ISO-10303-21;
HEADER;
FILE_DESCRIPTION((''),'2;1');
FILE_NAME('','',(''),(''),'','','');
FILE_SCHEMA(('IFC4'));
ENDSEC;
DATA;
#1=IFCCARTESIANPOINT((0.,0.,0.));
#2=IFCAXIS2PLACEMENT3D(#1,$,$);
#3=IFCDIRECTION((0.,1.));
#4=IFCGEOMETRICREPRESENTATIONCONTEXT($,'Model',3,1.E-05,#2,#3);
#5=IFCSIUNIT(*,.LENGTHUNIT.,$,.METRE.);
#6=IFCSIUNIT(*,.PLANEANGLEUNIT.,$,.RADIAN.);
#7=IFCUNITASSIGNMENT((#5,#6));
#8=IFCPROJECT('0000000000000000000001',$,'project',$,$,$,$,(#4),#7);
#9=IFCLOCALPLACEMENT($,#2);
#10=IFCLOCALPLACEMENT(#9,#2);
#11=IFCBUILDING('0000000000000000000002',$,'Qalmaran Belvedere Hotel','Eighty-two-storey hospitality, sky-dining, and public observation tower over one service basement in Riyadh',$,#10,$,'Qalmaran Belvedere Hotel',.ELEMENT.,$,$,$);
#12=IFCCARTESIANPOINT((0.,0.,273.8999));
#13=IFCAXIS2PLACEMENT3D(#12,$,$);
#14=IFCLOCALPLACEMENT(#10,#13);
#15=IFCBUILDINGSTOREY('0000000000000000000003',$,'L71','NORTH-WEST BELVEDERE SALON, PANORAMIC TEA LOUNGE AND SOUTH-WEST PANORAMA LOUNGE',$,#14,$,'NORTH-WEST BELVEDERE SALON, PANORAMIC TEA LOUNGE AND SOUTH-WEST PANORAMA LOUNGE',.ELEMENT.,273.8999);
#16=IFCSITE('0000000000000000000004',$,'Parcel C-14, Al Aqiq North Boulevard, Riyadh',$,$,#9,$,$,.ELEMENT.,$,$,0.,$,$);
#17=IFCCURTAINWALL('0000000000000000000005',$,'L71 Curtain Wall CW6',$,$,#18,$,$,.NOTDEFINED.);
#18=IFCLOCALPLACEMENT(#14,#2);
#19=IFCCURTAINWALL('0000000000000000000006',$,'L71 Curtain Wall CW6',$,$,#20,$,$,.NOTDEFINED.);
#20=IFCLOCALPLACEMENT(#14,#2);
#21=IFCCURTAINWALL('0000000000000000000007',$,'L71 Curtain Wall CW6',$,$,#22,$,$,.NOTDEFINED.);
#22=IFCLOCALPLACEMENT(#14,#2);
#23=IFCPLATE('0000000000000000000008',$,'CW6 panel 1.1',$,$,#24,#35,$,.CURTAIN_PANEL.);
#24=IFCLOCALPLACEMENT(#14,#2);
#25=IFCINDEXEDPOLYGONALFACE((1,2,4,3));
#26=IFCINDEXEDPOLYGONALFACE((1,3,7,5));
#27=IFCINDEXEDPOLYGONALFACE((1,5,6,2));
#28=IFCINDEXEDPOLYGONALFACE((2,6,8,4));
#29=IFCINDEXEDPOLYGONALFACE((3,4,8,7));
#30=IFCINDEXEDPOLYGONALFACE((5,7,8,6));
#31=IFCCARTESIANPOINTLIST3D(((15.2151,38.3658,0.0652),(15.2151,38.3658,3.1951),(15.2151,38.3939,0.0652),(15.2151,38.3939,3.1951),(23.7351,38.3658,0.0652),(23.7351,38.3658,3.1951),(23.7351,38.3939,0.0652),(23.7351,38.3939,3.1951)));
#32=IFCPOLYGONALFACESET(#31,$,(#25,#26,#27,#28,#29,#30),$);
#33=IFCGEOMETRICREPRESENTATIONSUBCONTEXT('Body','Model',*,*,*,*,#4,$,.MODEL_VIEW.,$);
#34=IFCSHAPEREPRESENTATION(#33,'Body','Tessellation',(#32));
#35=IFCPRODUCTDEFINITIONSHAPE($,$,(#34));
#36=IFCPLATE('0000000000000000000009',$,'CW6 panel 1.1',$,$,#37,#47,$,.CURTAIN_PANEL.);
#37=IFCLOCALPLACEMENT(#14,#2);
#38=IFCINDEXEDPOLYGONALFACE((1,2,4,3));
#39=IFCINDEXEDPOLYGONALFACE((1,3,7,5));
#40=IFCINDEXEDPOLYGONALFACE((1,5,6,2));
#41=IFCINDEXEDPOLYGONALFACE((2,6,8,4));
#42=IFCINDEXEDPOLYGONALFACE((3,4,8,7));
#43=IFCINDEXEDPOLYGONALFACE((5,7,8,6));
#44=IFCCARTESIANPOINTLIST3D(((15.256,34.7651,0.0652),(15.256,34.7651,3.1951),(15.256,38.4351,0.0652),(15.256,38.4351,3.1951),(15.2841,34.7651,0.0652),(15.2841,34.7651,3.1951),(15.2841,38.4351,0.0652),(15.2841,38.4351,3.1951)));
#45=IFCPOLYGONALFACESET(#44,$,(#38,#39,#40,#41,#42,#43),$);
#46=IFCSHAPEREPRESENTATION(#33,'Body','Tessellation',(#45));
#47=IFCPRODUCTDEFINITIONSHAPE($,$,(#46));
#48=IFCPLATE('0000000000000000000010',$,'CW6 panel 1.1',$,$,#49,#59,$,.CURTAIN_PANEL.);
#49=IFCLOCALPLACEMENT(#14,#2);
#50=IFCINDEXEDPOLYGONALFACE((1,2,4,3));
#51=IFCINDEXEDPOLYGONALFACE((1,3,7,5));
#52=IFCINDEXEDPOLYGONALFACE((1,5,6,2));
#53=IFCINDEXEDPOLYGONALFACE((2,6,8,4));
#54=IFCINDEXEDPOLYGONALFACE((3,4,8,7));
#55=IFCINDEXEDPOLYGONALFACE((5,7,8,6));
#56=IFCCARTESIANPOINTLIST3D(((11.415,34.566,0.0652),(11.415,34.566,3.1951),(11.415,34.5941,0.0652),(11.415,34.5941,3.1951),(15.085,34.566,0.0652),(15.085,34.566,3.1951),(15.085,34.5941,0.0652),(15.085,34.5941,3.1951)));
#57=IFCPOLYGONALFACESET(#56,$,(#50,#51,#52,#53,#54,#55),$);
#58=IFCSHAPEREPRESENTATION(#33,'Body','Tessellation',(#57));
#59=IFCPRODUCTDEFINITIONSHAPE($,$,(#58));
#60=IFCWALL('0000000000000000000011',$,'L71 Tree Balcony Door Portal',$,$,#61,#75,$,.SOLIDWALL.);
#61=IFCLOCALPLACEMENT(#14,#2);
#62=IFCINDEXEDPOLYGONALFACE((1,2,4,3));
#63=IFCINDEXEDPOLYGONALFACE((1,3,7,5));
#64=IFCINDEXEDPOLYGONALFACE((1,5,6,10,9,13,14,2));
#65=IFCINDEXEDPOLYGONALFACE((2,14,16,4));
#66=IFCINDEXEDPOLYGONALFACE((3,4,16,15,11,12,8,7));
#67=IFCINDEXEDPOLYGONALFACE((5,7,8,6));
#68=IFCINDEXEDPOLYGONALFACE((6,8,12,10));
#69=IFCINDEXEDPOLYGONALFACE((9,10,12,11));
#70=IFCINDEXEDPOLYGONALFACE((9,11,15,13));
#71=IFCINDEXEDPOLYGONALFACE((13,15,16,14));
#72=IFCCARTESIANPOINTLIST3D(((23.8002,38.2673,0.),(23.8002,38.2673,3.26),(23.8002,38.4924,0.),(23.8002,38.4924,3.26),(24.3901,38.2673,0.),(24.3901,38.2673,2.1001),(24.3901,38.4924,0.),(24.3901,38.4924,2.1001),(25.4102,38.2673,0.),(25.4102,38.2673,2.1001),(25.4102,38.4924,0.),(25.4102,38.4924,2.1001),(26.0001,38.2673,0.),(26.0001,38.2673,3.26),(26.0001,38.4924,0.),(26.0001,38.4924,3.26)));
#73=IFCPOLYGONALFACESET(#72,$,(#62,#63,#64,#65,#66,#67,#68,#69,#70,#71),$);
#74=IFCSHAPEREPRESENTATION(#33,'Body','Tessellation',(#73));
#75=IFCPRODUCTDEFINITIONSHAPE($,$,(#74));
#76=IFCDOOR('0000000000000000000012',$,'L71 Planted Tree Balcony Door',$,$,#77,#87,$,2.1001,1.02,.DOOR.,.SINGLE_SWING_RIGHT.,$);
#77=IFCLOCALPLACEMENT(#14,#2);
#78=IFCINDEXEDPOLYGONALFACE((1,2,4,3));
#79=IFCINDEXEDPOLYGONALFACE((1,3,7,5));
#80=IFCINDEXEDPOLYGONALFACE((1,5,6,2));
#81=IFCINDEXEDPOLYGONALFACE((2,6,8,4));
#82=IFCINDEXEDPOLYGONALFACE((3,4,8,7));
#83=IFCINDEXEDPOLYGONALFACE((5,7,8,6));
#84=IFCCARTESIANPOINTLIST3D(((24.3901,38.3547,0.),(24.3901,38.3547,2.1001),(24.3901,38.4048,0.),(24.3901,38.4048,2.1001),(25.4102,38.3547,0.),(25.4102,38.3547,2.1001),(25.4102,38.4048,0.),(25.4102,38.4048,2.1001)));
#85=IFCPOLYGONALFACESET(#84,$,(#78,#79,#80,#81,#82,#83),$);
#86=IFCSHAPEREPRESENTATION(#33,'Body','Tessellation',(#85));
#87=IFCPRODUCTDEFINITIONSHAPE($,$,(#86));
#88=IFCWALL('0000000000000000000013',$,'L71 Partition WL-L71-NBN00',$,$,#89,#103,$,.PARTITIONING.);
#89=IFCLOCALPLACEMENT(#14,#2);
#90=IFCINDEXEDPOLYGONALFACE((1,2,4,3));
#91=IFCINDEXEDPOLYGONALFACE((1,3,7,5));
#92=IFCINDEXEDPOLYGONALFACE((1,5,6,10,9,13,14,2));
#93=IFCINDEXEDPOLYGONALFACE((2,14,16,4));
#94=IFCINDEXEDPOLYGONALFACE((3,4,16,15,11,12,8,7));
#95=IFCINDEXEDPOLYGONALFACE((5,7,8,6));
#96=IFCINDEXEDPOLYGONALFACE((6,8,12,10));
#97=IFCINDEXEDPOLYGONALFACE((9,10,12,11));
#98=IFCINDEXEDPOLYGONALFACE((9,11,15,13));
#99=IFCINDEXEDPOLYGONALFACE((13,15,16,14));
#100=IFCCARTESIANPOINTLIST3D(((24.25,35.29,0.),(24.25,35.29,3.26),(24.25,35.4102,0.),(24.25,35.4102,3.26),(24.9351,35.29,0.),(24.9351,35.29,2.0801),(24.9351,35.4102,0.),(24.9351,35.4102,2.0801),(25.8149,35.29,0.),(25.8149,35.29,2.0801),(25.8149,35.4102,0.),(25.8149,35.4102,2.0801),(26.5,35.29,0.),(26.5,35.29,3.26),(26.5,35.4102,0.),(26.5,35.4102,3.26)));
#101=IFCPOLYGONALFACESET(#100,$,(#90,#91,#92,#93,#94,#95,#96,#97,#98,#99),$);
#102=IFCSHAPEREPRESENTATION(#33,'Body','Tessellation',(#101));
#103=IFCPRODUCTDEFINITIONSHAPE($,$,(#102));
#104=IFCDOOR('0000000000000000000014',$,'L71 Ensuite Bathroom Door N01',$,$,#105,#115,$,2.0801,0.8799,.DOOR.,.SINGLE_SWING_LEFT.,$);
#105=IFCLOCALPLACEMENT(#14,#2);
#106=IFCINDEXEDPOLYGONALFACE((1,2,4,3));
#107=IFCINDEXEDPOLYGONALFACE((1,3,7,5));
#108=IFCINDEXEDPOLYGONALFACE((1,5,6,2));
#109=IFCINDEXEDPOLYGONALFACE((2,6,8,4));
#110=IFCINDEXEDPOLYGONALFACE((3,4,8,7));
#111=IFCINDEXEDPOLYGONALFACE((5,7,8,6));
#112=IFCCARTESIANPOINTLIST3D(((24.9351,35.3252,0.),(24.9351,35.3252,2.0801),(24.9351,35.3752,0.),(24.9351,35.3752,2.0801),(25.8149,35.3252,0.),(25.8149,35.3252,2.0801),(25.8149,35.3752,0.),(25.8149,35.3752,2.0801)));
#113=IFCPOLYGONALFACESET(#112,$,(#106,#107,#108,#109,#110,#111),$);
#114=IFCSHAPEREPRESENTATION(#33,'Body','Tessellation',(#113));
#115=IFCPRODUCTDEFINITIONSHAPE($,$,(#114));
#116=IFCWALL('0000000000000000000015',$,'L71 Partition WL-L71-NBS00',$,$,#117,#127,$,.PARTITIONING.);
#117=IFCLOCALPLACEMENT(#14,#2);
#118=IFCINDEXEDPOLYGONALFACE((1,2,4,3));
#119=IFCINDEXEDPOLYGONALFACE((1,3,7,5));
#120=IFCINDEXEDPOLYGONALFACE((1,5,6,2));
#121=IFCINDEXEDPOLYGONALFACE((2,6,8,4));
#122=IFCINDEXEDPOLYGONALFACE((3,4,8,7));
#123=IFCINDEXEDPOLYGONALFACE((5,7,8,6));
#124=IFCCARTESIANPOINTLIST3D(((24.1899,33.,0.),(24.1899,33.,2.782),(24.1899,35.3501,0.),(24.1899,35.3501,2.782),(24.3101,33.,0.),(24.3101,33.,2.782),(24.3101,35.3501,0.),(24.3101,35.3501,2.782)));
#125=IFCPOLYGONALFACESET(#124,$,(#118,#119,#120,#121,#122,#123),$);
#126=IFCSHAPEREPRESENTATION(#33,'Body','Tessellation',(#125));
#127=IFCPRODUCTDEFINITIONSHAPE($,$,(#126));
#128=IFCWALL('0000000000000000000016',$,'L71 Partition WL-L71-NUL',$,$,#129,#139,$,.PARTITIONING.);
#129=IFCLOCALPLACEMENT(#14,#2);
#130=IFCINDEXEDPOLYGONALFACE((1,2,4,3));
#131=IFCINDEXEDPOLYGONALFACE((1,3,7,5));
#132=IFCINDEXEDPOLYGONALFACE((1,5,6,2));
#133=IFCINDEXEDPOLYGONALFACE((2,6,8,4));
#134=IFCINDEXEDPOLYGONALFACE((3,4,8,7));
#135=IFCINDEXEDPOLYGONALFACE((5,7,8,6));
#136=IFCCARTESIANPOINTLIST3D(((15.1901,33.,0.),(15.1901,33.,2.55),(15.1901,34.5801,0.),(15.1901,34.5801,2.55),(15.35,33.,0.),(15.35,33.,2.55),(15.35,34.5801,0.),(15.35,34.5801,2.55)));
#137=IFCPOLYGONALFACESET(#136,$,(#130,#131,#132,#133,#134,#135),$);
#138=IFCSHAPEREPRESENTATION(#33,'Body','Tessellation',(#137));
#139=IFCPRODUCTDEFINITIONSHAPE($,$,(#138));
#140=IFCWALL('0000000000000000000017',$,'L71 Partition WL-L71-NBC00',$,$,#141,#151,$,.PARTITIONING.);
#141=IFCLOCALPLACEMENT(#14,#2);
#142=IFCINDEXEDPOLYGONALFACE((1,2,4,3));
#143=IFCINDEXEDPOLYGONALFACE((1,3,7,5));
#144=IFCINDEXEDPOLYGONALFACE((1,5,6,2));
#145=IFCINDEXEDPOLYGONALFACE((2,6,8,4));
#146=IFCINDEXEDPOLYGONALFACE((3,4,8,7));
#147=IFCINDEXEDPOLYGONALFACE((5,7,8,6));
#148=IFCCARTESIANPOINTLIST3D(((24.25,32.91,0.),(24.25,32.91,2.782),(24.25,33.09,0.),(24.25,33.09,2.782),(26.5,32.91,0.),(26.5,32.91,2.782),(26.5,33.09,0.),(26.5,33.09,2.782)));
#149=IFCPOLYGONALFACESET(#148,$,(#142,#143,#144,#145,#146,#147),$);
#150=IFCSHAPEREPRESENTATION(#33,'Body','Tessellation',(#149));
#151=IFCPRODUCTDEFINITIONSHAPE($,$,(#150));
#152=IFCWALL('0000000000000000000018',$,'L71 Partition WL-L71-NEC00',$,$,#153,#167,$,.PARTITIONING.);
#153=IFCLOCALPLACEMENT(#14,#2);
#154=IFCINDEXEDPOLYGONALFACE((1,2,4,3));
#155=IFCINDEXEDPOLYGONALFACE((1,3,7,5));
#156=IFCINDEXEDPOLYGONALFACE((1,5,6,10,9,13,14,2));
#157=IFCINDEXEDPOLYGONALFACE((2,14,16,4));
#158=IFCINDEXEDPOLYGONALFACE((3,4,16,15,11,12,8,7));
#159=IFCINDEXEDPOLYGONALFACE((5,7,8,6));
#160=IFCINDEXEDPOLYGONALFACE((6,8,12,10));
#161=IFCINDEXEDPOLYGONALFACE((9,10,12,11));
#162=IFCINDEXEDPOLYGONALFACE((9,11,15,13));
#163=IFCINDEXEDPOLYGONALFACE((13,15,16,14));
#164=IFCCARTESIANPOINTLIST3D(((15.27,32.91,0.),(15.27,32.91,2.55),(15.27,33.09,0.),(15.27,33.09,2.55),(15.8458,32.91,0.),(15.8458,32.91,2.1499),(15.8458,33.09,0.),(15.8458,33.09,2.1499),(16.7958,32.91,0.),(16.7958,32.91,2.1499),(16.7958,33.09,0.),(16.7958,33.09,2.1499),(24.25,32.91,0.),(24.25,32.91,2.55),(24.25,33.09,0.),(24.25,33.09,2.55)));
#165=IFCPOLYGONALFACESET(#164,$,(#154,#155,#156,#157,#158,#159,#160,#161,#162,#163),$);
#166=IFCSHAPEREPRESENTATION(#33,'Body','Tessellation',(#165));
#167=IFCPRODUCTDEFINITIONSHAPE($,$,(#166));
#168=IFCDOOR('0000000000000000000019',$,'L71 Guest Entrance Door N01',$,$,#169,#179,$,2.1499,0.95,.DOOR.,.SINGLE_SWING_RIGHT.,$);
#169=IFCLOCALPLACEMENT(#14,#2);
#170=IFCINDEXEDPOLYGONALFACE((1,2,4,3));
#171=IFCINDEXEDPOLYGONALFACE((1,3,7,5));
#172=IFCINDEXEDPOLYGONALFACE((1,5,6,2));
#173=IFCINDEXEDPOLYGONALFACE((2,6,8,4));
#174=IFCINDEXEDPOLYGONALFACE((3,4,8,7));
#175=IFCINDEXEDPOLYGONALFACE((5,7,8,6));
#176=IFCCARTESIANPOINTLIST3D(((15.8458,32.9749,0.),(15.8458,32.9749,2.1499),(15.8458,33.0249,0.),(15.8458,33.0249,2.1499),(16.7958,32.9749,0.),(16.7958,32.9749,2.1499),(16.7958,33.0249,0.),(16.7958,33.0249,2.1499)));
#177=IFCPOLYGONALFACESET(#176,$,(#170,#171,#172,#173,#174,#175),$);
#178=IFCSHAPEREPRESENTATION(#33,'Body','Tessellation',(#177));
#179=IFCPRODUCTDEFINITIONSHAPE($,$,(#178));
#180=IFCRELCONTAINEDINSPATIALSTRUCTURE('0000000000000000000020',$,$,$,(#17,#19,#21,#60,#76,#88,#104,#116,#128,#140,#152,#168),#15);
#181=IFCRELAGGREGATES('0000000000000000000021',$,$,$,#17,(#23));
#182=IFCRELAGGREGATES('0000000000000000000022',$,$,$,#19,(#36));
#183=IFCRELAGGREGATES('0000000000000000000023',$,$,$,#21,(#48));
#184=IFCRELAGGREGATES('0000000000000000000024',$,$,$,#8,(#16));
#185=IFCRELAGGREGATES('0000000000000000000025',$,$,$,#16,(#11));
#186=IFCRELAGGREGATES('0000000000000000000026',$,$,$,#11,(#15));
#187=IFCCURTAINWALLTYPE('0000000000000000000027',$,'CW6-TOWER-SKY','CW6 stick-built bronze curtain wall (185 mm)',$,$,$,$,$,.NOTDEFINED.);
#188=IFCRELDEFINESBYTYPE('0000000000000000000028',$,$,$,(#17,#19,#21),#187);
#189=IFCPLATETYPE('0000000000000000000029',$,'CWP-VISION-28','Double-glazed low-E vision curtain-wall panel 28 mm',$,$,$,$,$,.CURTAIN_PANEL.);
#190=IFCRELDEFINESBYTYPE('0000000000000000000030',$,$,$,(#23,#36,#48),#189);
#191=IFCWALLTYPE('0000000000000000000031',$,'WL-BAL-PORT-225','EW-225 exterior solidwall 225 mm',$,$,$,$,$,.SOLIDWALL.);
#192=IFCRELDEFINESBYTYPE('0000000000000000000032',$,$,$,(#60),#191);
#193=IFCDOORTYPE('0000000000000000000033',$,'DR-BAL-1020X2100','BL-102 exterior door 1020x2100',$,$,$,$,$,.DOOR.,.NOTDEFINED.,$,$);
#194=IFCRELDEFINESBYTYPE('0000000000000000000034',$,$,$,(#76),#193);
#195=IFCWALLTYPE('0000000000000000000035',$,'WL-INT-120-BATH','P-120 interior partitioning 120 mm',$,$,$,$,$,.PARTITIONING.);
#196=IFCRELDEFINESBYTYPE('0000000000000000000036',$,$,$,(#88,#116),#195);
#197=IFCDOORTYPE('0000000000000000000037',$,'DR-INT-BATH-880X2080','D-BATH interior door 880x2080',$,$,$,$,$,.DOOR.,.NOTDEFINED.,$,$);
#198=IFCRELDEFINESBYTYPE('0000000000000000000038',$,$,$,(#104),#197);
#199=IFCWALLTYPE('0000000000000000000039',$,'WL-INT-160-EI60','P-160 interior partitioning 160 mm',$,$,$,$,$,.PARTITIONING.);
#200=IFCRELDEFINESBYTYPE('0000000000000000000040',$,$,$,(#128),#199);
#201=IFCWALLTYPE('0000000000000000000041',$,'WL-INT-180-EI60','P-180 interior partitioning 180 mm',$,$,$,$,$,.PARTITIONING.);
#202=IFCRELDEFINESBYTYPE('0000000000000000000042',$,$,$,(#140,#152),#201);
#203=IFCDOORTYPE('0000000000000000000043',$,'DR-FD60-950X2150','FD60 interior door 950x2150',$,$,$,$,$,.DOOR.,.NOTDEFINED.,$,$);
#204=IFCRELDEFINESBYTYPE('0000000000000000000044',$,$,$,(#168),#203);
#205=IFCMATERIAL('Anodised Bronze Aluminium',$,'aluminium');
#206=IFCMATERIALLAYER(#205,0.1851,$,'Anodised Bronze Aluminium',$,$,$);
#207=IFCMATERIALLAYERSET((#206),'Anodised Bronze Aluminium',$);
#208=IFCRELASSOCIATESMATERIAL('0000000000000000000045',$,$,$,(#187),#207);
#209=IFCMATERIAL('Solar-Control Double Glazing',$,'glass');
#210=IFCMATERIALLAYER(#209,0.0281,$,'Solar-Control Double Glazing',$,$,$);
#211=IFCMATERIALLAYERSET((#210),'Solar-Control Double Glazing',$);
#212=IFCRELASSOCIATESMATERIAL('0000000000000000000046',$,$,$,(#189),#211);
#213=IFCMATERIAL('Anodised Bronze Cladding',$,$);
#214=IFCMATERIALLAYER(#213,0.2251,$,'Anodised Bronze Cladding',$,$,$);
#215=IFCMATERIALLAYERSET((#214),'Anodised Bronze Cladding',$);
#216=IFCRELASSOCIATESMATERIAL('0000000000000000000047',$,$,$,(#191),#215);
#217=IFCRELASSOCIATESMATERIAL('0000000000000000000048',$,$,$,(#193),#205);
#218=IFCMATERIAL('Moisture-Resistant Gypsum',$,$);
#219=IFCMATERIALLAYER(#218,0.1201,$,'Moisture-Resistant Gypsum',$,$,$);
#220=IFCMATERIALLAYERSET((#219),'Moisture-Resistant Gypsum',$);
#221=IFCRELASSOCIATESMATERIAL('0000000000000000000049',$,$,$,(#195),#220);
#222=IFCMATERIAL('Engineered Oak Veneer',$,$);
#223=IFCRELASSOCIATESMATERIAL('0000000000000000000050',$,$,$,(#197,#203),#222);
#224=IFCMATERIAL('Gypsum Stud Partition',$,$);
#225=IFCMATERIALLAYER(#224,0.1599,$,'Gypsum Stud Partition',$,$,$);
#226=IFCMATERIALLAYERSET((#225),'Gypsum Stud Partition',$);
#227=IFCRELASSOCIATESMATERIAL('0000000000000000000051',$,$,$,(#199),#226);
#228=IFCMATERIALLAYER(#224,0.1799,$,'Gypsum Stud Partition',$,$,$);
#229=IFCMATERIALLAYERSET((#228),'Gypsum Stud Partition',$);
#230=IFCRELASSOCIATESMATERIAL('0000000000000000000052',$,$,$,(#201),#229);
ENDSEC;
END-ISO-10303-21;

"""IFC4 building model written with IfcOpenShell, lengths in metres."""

from ifc_helpers import new_model, si_unit, direction, frame, frame_2d, origin, origin_2d, place, context, subcontext, project, spatial, rectangle, extrude, material, layer, layer_set, type_object, element, fill, aggregate, save


model = new_model("IFC4")

# Units and contexts
model_context = context("Model", 3, precision=1e-05, world=origin(), true_north=direction((0.0, 1.0)))
body_context = subcontext(model_context, "Body", "Model", "MODEL_VIEW")
ifc_project = project(units=[si_unit("LENGTHUNIT", "METRE"), si_unit("PLANEANGLEUNIT", "RADIAN")], contexts=[model_context])

# Site, building, storey
site_placement = place(None, origin())
site = spatial("IfcSite", under=ifc_project, at=site_placement, Name="Parcel C-14, Al Aqiq North Boulevard, Riyadh", CompositionType="ELEMENT", RefElevation=0.0)
building_placement = place(site_placement, origin())
building = spatial("IfcBuilding", under=site, at=building_placement, Name="Qalmaran Belvedere Hotel", Description="Eighty-two-storey hospitality, sky-dining, and public observation tower over one service basement in Riyadh", LongName="Qalmaran Belvedere Hotel", CompositionType="ELEMENT")
storey_placement = place(building_placement, frame((0.0, 0.0, 273.8999)))
storey = spatial("IfcBuildingStorey", under=building, at=storey_placement, Name="L71", Description="NORTH-WEST BELVEDERE SALON, PANORAMIC TEA LOUNGE AND SOUTH-WEST PANORAMA LOUNGE", LongName="NORTH-WEST BELVEDERE SALON, PANORAMIC TEA LOUNGE AND SOUTH-WEST PANORAMA LOUNGE", CompositionType="ELEMENT", Elevation=273.8999)

# Curtain walls
ifc_material_1 = material(Name="Anodised Bronze Aluminium", Category="aluminium")
ifc_layer_1 = layer(ifc_material_1, 0.1851, Name="Anodised Bronze Aluminium")
ifc_layer_set_1 = layer_set([ifc_layer_1], Name="Anodised Bronze Aluminium")
curtain_wall_type = type_object("IfcCurtainWallType", Name="CW6-TOWER-SKY", Description="CW6 stick-built bronze curtain wall (185 mm)", PredefinedType="NOTDEFINED", material=ifc_layer_set_1)
curtain_wall_1_placement = place(storey_placement, origin())
curtain_wall_1 = element("IfcCurtainWall", 1, at=curtain_wall_1_placement, inside=storey, type_object=curtain_wall_type, Name="L71 Curtain Wall CW6", PredefinedType="NOTDEFINED")
curtain_wall_2_placement = place(storey_placement, origin())
curtain_wall_2 = element("IfcCurtainWall", 2, at=curtain_wall_2_placement, inside=storey, type_object=curtain_wall_type, Name="L71 Curtain Wall CW6", PredefinedType="NOTDEFINED")
curtain_wall_3_placement = place(storey_placement, origin())
curtain_wall_3 = element("IfcCurtainWall", 3, at=curtain_wall_3_placement, inside=storey, type_object=curtain_wall_type, Name="L71 Curtain Wall CW6", PredefinedType="NOTDEFINED")

# Plates
ifc_material_2 = material(Name="Solar-Control Double Glazing", Category="glass")
ifc_layer_2 = layer(ifc_material_2, 0.0281, Name="Solar-Control Double Glazing")
ifc_layer_set_2 = layer_set([ifc_layer_2], Name="Solar-Control Double Glazing")
plate_type = type_object("IfcPlateType", Name="CWP-VISION-28", Description="Double-glazed low-E vision curtain-wall panel 28 mm", PredefinedType="CURTAIN_PANEL", material=ifc_layer_set_2)
plate_1_placement = place(storey_placement, frame((19.4751, 38.3799, 0.0652), z_axis=(0.0, 0.0, 1.0), x_axis=(-1.0, 0.0, 0.0)))
plate_1 = element("IfcPlate", 4, at=plate_1_placement, type_object=plate_type, Name="CW6 panel 1.1", PredefinedType="CURTAIN_PANEL", context=body_context, shape_type="SweptSolid", body=[
    extrude(rectangle(XDim=8.52, YDim=0.0281, at=origin_2d()), origin(), (0.0, 0.0, 1.0), 3.1299),
])
aggregate(curtain_wall_1, [plate_1])
plate_2_placement = place(storey_placement, frame((15.27, 36.6001, 0.0652), z_axis=(0.0, 0.0, 1.0), x_axis=(0.0, -1.0, 0.0)))
plate_2 = element("IfcPlate", 5, at=plate_2_placement, type_object=plate_type, Name="CW6 panel 1.1", PredefinedType="CURTAIN_PANEL", context=body_context, shape_type="SweptSolid", body=[
    extrude(rectangle(XDim=3.6699, YDim=0.0281, at=origin_2d()), origin(), (0.0, 0.0, 1.0), 3.1299),
])
aggregate(curtain_wall_2, [plate_2])
plate_3_placement = place(storey_placement, frame((13.25, 34.5801, 0.0652), z_axis=(0.0, 0.0, 1.0), x_axis=(-1.0, 0.0, 0.0)))
plate_3 = element("IfcPlate", 6, at=plate_3_placement, type_object=plate_type, Name="CW6 panel 1.1", PredefinedType="CURTAIN_PANEL", context=body_context, shape_type="SweptSolid", body=[
    extrude(rectangle(XDim=3.6699, YDim=0.0281, at=origin_2d()), origin(), (0.0, 0.0, 1.0), 3.1299),
])
aggregate(curtain_wall_3, [plate_3])

# Walls, openings, doors
ifc_material_3 = material(Name="Anodised Bronze Cladding")
ifc_layer_3 = layer(ifc_material_3, 0.2251, Name="Anodised Bronze Cladding")
ifc_layer_set_3 = layer_set([ifc_layer_3], Name="Anodised Bronze Cladding")
wall_type_1 = type_object("IfcWallType", Name="WL-BAL-PORT-225", Description="EW-225 exterior solidwall 225 mm", PredefinedType="SOLIDWALL", material=ifc_layer_set_3)
wall_1_placement = place(storey_placement, frame((23.8, 38.3799, 0.0), z_axis=(0.0, 0.0, 1.0), x_axis=(1.0, 0.0, 0.0)))
wall_1 = element("IfcWall", 7, at=wall_1_placement, inside=storey, type_object=wall_type_1, Name="L71 Tree Balcony Door Portal", PredefinedType="SOLIDWALL", context=body_context, shape_type="SweptSolid", body=[
    extrude(rectangle(XDim=2.2, YDim=0.2251, at=frame_2d((1.1001, 0.0))), origin(), (0.0, 0.0, 1.0), 3.26),
])
opening_1_placement = place(wall_1_placement, frame((0.5901, 0.0, 0.0)))
opening_1 = element("IfcOpeningElement", 8, at=opening_1_placement, cuts=wall_1, PredefinedType="OPENING", context=body_context, shape_type="SweptSolid", body=[
    extrude(rectangle(XDim=1.02, YDim=2.1001, at=frame_2d((0.51, 1.05))), frame((0.0, 0.1226, 0.0), z_axis=(0.0, -1.0, 0.0), x_axis=(1.0, 0.0, 0.0)), (0.0, 0.0, 1.0), 0.2451),
])
door_type_1 = type_object("IfcDoorType", Name="DR-BAL-1020X2100", Description="BL-102 exterior door 1020x2100", OperationType="NOTDEFINED", PredefinedType="DOOR", material=ifc_material_1)
door_1_placement = place(opening_1_placement, origin())
door_1 = element("IfcDoor", 9, at=door_1_placement, inside=storey, type_object=door_type_1, Name="L71 Planted Tree Balcony Door", OperationType="SINGLE_SWING_RIGHT", OverallHeight=2.1001, OverallWidth=1.02, PredefinedType="DOOR", context=body_context, shape_type="SweptSolid", body=[
    extrude(rectangle(XDim=1.02, YDim=2.1001, at=frame_2d((0.51, 1.05))), frame((0.0, 0.0249, 0.0), z_axis=(0.0, -1.0, 0.0), x_axis=(1.0, 0.0, 0.0)), (0.0, 0.0, 1.0), 0.05),
])
fill(opening_1, door_1)
ifc_material_4 = material(Name="Moisture-Resistant Gypsum")
ifc_layer_4 = layer(ifc_material_4, 0.1201, Name="Moisture-Resistant Gypsum")
ifc_layer_set_4 = layer_set([ifc_layer_4], Name="Moisture-Resistant Gypsum")
wall_type_2 = type_object("IfcWallType", Name="WL-INT-120-BATH", Description="P-120 interior partitioning 120 mm", PredefinedType="PARTITIONING", material=ifc_layer_set_4)
wall_2_placement = place(storey_placement, frame((24.25, 35.3501, 0.0), z_axis=(0.0, 0.0, 1.0), x_axis=(1.0, 0.0, 0.0)))
wall_2 = element("IfcWall", 10, at=wall_2_placement, inside=storey, type_object=wall_type_2, Name="L71 Partition WL-L71-NBN00", PredefinedType="PARTITIONING", context=body_context, shape_type="SweptSolid", body=[
    extrude(rectangle(XDim=2.25, YDim=0.1201, at=frame_2d((1.125, 0.0))), origin(), (0.0, 0.0, 1.0), 3.26),
])
opening_2_placement = place(wall_2_placement, frame((1.5649, 0.0, 0.0), z_axis=(0.0, 0.0, 1.0), x_axis=(-1.0, 0.0, 0.0)))
opening_2 = element("IfcOpeningElement", 11, at=opening_2_placement, cuts=wall_2, PredefinedType="OPENING", context=body_context, shape_type="SweptSolid", body=[
    extrude(rectangle(XDim=0.8799, YDim=2.0801, at=frame_2d((0.4399, 1.04))), frame((0.0, 0.0701, 0.0), z_axis=(0.0, -1.0, 0.0), x_axis=(1.0, 0.0, 0.0)), (0.0, 0.0, 1.0), 0.1401),
])
ifc_material_5 = material(Name="Engineered Oak Veneer")
door_type_2 = type_object("IfcDoorType", Name="DR-INT-BATH-880X2080", Description="D-BATH interior door 880x2080", OperationType="NOTDEFINED", PredefinedType="DOOR", material=ifc_material_5)
door_2_placement = place(opening_2_placement, origin())
door_2 = element("IfcDoor", 12, at=door_2_placement, inside=storey, type_object=door_type_2, Name="L71 Ensuite Bathroom Door N01", OperationType="SINGLE_SWING_LEFT", OverallHeight=2.0801, OverallWidth=0.8799, PredefinedType="DOOR", context=body_context, shape_type="SweptSolid", body=[
    extrude(rectangle(XDim=0.8799, YDim=2.0801, at=frame_2d((0.4399, 1.04))), frame((0.0, 0.0249, 0.0), z_axis=(0.0, -1.0, 0.0), x_axis=(1.0, 0.0, 0.0)), (0.0, 0.0, 1.0), 0.05),
])
fill(opening_2, door_2)

# Walls
wall_3_placement = place(storey_placement, frame((24.25, 33.0, 0.0), z_axis=(0.0, 0.0, 1.0), x_axis=(0.0, 1.0, 0.0)))
element("IfcWall", 13, at=wall_3_placement, inside=storey, type_object=wall_type_2, Name="L71 Partition WL-L71-NBS00", PredefinedType="PARTITIONING", context=body_context, shape_type="SweptSolid", body=[
    extrude(rectangle(XDim=2.3501, YDim=0.1201, at=frame_2d((1.175, 0.0))), origin(), (0.0, 0.0, 1.0), 2.782),
])
ifc_material_6 = material(Name="Gypsum Stud Partition")
ifc_layer_5 = layer(ifc_material_6, 0.1599, Name="Gypsum Stud Partition")
ifc_layer_set_5 = layer_set([ifc_layer_5], Name="Gypsum Stud Partition")
wall_type_3 = type_object("IfcWallType", Name="WL-INT-160-EI60", Description="P-160 interior partitioning 160 mm", PredefinedType="PARTITIONING", material=ifc_layer_set_5)
wall_4_placement = place(storey_placement, frame((15.27, 33.0, 0.0), z_axis=(0.0, 0.0, 1.0), x_axis=(0.0, 1.0, 0.0)))
element("IfcWall", 14, at=wall_4_placement, inside=storey, type_object=wall_type_3, Name="L71 Partition WL-L71-NUL", PredefinedType="PARTITIONING", context=body_context, shape_type="SweptSolid", body=[
    extrude(rectangle(XDim=1.5801, YDim=0.1599, at=frame_2d((0.79, 0.0))), origin(), (0.0, 0.0, 1.0), 2.55),
])
ifc_layer_6 = layer(ifc_material_6, 0.1799, Name="Gypsum Stud Partition")
ifc_layer_set_6 = layer_set([ifc_layer_6], Name="Gypsum Stud Partition")
wall_type_4 = type_object("IfcWallType", Name="WL-INT-180-EI60", Description="P-180 interior partitioning 180 mm", PredefinedType="PARTITIONING", material=ifc_layer_set_6)
wall_5_placement = place(storey_placement, frame((24.25, 33.0, 0.0), z_axis=(0.0, 0.0, 1.0), x_axis=(1.0, 0.0, 0.0)))
element("IfcWall", 15, at=wall_5_placement, inside=storey, type_object=wall_type_4, Name="L71 Partition WL-L71-NBC00", PredefinedType="PARTITIONING", context=body_context, shape_type="SweptSolid", body=[
    extrude(rectangle(XDim=2.25, YDim=0.1799, at=frame_2d((1.125, 0.0))), origin(), (0.0, 0.0, 1.0), 2.782),
])

# Wall, opening, door
wall_6_placement = place(storey_placement, frame((15.27, 33.0, 0.0), z_axis=(0.0, 0.0, 1.0), x_axis=(1.0, 0.0, 0.0)))
wall_6 = element("IfcWall", 16, at=wall_6_placement, inside=storey, type_object=wall_type_4, Name="L71 Partition WL-L71-NEC00", PredefinedType="PARTITIONING", context=body_context, shape_type="SweptSolid", body=[
    extrude(rectangle(XDim=8.98, YDim=0.1799, at=frame_2d((4.49, 0.0))), origin(), (0.0, 0.0, 1.0), 2.55),
])
opening_3_placement = place(wall_6_placement, frame((0.5757, 0.0, 0.0)))
opening_3 = element("IfcOpeningElement", 17, at=opening_3_placement, cuts=wall_6, PredefinedType="OPENING", context=body_context, shape_type="SweptSolid", body=[
    extrude(rectangle(XDim=0.95, YDim=2.1499, at=frame_2d((0.4751, 1.075))), frame((0.0, 0.1001, 0.0), z_axis=(0.0, -1.0, 0.0), x_axis=(1.0, 0.0, 0.0)), (0.0, 0.0, 1.0), 0.2),
])
door_type_3 = type_object("IfcDoorType", Name="DR-FD60-950X2150", Description="FD60 interior door 950x2150", OperationType="NOTDEFINED", PredefinedType="DOOR", material=ifc_material_5)
door_3_placement = place(opening_3_placement, origin())
door_3 = element("IfcDoor", 18, at=door_3_placement, inside=storey, type_object=door_type_3, Name="L71 Guest Entrance Door N01", OperationType="SINGLE_SWING_RIGHT", OverallHeight=2.1499, OverallWidth=0.95, PredefinedType="DOOR", context=body_context, shape_type="SweptSolid", body=[
    extrude(rectangle(XDim=0.95, YDim=2.1499, at=frame_2d((0.4751, 1.075))), frame((0.0, 0.0249, 0.0), z_axis=(0.0, -1.0, 0.0), x_axis=(1.0, 0.0, 0.0)), (0.0, 0.0, 1.0), 0.05),
])
fill(opening_3, door_3)

save(model, "model.ifc")
